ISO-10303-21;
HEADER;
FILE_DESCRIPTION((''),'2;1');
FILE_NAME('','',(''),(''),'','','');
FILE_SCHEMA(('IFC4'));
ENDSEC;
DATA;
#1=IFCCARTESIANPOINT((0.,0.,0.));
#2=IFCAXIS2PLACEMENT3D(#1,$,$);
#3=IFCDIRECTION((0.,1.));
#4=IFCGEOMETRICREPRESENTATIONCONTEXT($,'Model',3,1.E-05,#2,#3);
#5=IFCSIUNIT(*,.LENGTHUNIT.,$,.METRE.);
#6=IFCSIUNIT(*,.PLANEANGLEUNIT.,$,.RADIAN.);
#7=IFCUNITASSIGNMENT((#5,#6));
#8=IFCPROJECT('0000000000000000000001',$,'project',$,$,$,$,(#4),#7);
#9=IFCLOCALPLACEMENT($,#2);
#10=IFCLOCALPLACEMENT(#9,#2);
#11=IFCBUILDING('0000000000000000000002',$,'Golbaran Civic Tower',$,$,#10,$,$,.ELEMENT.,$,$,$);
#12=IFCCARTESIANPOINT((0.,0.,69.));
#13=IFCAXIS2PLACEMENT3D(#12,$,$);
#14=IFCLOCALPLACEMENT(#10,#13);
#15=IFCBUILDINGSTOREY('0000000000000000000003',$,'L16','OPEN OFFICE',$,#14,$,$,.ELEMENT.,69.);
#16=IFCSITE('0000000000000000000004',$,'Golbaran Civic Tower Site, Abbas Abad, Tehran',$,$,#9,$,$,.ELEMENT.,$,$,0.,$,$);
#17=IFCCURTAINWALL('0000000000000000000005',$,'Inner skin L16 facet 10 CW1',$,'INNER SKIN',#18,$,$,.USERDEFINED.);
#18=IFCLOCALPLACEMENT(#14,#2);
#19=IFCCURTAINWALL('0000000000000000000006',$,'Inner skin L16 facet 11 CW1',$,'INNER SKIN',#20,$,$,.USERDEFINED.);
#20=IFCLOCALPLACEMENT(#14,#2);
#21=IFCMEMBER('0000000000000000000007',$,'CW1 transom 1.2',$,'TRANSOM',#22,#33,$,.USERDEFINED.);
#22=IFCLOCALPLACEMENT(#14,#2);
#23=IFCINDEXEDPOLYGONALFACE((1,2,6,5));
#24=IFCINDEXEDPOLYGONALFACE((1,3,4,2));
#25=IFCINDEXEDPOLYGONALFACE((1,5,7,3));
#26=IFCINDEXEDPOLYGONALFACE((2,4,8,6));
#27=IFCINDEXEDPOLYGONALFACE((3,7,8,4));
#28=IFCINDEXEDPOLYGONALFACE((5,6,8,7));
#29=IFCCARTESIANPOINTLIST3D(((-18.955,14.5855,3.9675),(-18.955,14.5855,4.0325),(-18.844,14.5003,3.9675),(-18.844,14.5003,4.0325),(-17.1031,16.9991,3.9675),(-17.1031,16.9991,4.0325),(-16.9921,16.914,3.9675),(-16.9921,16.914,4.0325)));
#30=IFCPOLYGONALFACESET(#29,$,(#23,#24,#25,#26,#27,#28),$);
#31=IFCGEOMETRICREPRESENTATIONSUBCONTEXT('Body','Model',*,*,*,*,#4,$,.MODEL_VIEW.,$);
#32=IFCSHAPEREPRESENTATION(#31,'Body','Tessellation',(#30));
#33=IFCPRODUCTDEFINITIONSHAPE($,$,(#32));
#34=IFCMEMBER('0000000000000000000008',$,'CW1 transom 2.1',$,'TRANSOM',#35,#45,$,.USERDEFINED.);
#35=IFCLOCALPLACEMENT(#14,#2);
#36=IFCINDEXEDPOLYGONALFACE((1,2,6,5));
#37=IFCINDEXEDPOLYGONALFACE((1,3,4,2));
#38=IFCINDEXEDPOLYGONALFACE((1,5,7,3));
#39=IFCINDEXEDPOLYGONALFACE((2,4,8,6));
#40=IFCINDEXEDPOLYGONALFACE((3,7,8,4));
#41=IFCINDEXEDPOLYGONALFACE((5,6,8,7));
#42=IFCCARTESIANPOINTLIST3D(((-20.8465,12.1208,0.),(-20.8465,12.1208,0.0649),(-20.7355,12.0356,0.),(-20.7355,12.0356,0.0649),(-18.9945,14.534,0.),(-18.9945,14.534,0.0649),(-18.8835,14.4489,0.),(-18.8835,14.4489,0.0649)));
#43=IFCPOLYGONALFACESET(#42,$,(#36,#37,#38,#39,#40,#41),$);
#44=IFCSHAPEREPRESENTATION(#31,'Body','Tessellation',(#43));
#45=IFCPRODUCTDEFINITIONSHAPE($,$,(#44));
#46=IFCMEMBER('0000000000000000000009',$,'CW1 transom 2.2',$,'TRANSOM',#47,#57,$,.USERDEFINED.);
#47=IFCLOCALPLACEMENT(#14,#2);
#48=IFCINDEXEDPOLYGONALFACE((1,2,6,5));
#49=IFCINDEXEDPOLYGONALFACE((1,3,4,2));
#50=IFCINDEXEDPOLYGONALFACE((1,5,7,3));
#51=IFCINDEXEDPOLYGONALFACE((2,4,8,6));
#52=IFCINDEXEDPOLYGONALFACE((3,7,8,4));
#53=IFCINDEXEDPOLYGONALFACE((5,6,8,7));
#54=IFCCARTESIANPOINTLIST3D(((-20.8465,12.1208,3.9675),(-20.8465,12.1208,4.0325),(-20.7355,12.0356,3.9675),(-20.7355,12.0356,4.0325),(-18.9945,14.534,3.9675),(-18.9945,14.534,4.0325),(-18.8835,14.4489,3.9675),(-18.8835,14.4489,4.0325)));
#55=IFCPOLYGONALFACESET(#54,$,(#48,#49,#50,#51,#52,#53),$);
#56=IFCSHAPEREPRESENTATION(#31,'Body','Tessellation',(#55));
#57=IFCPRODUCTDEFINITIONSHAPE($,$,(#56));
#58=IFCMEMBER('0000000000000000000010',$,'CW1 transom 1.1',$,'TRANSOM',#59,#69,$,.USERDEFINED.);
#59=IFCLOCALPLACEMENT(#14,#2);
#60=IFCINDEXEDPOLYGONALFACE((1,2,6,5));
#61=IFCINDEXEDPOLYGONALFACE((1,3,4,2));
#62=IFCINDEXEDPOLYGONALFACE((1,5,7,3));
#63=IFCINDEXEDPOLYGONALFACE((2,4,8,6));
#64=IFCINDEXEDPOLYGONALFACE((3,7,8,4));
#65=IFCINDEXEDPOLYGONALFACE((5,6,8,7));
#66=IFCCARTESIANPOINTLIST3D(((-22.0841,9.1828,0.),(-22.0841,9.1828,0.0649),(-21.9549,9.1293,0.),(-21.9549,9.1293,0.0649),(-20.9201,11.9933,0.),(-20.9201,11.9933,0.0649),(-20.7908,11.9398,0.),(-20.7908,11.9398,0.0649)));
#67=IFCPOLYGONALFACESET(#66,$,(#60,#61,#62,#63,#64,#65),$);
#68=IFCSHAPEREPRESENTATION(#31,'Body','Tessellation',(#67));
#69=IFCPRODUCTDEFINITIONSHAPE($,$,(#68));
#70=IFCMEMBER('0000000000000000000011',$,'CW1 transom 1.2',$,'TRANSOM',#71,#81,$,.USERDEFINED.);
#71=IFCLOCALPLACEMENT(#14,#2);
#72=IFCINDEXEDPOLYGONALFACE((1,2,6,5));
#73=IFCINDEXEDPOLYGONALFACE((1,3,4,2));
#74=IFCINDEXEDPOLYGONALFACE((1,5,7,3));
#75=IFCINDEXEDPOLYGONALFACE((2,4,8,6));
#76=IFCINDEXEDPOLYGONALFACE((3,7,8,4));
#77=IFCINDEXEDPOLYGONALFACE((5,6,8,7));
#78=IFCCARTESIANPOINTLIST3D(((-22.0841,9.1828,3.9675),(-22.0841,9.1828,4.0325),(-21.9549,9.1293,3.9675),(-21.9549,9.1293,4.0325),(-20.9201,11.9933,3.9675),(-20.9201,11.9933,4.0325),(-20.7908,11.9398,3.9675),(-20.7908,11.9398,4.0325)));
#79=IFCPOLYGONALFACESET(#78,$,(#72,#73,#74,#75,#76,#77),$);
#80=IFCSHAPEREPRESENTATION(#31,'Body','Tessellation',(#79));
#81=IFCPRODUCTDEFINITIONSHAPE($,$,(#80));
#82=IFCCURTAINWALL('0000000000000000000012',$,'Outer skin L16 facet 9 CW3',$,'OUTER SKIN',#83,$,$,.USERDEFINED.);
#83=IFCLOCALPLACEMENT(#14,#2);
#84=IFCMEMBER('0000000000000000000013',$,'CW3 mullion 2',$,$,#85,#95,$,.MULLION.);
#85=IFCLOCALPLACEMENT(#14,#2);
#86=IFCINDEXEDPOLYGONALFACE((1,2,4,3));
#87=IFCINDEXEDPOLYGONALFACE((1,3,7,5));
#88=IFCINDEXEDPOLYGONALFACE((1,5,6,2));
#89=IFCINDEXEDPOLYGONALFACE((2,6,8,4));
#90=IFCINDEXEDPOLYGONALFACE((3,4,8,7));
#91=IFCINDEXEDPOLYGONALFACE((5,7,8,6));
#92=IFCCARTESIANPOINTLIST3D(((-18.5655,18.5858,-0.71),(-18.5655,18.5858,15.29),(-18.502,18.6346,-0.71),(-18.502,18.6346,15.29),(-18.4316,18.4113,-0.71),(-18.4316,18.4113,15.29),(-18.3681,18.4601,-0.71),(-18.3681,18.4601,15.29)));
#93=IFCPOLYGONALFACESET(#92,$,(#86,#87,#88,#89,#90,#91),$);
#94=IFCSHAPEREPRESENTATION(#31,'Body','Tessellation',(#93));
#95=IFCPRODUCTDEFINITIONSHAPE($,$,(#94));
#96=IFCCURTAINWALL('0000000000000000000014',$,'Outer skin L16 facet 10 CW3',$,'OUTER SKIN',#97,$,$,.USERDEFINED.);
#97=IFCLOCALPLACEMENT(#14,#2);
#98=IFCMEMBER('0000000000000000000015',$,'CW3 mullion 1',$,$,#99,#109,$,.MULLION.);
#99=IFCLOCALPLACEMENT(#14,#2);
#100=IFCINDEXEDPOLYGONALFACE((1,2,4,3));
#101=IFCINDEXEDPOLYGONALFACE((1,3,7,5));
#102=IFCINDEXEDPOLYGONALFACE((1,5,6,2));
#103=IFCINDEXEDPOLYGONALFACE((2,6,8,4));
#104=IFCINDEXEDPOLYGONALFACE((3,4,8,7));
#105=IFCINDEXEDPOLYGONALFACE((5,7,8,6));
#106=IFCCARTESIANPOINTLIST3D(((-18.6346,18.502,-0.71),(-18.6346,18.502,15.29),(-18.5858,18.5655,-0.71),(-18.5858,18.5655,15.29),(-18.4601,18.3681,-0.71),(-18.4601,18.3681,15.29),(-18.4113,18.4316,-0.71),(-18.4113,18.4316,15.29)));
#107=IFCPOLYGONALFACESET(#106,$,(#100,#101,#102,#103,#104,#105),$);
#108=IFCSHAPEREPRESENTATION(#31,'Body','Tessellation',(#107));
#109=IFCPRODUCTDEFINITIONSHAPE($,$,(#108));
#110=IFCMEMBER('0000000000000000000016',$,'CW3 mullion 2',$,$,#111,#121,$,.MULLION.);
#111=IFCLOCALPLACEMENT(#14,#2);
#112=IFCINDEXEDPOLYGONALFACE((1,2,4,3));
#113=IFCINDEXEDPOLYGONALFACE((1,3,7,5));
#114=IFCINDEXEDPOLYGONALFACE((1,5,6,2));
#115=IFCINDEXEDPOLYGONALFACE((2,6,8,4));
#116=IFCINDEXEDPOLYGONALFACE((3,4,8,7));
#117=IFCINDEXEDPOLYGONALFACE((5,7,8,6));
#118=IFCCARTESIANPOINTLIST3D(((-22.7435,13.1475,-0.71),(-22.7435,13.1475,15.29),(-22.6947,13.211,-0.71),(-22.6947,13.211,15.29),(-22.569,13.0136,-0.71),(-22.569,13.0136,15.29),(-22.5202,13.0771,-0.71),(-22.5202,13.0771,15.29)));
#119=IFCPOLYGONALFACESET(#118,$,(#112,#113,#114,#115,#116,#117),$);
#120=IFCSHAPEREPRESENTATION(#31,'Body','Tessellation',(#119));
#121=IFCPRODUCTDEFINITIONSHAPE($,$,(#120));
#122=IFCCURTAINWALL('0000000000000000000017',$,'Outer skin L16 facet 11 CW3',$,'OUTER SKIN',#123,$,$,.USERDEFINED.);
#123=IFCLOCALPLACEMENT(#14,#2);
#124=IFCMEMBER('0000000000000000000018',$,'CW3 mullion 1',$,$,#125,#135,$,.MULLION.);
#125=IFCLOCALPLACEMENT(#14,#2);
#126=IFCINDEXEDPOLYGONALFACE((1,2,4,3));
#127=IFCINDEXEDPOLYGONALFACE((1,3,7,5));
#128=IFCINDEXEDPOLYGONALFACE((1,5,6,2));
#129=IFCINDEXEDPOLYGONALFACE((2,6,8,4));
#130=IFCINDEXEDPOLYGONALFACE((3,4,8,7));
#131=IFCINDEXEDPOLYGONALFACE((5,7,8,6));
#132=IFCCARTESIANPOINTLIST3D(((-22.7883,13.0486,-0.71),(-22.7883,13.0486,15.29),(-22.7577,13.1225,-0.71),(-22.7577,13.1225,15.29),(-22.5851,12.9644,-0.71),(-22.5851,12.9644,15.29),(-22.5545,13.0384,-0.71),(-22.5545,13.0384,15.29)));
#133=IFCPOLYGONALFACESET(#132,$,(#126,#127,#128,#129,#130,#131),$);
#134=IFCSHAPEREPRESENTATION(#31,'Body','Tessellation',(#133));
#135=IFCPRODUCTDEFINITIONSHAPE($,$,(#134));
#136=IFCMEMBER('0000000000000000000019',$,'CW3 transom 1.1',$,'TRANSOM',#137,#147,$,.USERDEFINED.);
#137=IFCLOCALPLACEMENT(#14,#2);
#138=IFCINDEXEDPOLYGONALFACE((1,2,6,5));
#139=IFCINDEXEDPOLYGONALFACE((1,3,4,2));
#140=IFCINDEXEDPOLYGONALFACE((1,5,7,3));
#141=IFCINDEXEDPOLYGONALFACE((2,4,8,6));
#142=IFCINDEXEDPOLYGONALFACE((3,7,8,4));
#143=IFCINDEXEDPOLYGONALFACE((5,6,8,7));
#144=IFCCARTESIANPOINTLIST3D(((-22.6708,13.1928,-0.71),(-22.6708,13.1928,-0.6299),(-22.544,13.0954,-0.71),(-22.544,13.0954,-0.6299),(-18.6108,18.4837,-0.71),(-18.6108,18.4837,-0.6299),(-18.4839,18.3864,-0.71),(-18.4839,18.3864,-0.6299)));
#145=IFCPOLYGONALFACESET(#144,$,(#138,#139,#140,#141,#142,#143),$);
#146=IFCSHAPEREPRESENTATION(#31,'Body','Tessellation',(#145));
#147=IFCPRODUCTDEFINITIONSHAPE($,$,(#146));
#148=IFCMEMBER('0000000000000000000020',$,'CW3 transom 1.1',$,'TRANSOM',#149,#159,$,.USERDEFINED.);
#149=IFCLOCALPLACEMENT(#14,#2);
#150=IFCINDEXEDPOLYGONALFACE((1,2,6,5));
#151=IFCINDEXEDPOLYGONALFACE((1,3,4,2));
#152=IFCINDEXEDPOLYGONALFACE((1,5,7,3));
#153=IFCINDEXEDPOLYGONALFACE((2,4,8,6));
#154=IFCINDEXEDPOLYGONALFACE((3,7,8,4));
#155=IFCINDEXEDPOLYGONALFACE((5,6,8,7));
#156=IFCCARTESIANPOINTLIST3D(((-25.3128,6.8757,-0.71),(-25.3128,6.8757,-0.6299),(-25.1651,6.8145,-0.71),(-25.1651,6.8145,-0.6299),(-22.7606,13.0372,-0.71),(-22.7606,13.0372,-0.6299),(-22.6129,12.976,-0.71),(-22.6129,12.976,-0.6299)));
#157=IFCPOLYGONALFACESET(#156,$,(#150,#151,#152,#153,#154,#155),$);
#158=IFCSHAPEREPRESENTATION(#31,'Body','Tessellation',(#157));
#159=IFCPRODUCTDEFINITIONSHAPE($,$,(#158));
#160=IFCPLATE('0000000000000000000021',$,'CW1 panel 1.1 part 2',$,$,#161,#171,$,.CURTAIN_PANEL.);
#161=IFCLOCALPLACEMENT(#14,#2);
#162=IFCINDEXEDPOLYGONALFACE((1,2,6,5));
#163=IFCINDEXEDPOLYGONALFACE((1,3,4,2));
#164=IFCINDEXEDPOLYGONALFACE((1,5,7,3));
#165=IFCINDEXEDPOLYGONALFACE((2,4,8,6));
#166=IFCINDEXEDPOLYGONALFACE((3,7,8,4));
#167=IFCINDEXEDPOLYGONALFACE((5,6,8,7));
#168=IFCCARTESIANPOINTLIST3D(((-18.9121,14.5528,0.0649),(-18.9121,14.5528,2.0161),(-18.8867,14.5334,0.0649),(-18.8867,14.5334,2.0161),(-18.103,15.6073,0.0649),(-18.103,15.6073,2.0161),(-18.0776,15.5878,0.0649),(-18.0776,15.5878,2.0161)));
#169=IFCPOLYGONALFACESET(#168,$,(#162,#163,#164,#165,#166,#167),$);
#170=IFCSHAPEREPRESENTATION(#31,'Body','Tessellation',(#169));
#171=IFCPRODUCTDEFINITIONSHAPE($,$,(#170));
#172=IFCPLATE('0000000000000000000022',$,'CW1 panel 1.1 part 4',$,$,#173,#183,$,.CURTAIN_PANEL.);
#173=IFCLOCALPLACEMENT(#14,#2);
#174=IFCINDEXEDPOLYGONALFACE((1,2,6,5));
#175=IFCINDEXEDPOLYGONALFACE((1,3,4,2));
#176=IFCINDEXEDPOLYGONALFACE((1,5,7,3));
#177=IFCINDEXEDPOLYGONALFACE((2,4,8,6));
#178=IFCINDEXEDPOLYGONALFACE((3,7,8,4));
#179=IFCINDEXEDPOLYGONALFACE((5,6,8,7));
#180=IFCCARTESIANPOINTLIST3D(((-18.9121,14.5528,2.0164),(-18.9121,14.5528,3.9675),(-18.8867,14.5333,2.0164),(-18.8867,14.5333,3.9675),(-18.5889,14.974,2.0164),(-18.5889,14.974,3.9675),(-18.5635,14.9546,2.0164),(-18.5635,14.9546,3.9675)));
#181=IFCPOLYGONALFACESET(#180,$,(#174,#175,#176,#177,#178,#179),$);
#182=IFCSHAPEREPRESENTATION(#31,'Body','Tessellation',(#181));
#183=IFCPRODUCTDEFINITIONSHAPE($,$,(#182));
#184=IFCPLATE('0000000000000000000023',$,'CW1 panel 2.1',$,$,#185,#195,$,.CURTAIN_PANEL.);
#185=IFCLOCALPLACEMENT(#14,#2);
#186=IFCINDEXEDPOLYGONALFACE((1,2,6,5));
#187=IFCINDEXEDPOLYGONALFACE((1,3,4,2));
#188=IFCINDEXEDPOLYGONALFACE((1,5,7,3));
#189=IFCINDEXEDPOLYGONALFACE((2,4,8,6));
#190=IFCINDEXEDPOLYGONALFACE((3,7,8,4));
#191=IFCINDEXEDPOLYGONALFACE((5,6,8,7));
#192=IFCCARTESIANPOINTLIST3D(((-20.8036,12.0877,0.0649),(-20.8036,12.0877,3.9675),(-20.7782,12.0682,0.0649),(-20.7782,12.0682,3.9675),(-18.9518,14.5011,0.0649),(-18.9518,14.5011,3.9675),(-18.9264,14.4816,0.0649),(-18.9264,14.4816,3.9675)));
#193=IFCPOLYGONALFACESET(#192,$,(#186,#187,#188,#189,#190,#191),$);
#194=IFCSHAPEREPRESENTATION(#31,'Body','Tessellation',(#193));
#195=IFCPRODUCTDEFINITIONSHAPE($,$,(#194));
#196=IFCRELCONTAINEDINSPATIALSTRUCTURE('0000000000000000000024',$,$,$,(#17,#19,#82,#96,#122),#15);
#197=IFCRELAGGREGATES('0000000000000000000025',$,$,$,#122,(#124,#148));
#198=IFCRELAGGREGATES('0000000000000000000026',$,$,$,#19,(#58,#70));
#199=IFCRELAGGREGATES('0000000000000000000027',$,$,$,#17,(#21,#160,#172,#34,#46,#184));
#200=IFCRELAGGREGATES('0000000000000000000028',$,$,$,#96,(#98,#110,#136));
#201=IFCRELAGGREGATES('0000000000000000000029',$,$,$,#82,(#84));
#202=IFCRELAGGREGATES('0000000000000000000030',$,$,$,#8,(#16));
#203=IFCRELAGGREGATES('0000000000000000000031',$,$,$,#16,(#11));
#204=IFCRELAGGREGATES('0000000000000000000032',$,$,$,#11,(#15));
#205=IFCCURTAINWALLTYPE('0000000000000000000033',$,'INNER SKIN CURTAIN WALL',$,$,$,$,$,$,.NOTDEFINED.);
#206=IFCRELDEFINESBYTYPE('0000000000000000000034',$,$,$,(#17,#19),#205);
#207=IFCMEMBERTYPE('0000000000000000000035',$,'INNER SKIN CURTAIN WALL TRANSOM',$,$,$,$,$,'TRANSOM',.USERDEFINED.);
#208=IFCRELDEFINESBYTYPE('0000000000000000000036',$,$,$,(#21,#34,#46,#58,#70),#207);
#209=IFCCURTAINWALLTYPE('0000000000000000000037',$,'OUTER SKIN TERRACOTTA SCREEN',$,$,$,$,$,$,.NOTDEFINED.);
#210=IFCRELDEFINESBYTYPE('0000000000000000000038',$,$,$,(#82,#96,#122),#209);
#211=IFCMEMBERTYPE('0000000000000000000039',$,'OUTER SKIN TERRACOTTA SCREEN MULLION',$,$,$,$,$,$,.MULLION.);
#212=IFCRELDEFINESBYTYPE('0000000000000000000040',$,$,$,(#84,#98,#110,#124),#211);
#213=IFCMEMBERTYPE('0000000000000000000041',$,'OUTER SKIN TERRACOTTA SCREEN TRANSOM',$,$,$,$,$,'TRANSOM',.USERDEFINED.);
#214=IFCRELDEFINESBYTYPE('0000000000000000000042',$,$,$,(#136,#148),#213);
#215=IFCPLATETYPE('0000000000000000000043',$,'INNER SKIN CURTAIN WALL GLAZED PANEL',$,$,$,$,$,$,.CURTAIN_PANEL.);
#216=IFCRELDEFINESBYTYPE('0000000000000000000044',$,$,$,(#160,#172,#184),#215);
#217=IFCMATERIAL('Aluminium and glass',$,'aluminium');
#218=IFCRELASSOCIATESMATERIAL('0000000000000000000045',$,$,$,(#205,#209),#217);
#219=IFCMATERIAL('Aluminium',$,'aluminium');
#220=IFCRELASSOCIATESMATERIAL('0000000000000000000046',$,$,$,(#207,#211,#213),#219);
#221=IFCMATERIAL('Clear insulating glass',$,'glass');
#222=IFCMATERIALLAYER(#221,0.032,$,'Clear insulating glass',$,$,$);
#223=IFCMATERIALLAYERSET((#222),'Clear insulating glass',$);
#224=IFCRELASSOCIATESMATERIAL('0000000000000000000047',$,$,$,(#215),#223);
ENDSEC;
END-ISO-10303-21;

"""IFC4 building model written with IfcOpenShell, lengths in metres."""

from ifc_helpers import new_model, si_unit, direction, frame, origin, origin_2d, place, context, subcontext, project, spatial, rectangle, extrude, material, layer, layer_set, material_profile, profile_set, type_object, element, aggregate, save


model = new_model("IFC4")

# Units and contexts
model_context = context("Model", 3, precision=1e-05, world=origin(), true_north=direction((0.0, 1.0)))
body_context = subcontext(model_context, "Body", "Model", "MODEL_VIEW")
ifc_project = project(units=[si_unit("LENGTHUNIT", "METRE"), si_unit("PLANEANGLEUNIT", "RADIAN")], contexts=[model_context])

# Site, building, storey
site_placement = place(None, origin())
site = spatial("IfcSite", under=ifc_project, at=site_placement, Name="Golbaran Civic Tower Site, Abbas Abad, Tehran", CompositionType="ELEMENT", RefElevation=0.0)
building_placement = place(site_placement, origin())
building = spatial("IfcBuilding", under=site, at=building_placement, Name="Golbaran Civic Tower", CompositionType="ELEMENT")
storey_placement = place(building_placement, frame((0.0, 0.0, 69.0)))
storey = spatial("IfcBuildingStorey", under=building, at=storey_placement, Name="L16", Description="OPEN OFFICE", CompositionType="ELEMENT", Elevation=69.0)

# Shared definitions
ifc_material_1 = material(Name="Aluminium and glass", Category="aluminium")
curtain_wall_type_1 = type_object("IfcCurtainWallType", Name="INNER SKIN CURTAIN WALL", PredefinedType="NOTDEFINED", material=ifc_material_1)
ifc_material_2 = material(Name="Aluminium", Category="aluminium")

# Curtain wall
curtain_wall_1_placement = place(storey_placement, origin())
curtain_wall_1 = element("IfcCurtainWall", 1, at=curtain_wall_1_placement, inside=storey, type_object=curtain_wall_type_1, Name="Inner skin L16 facet 10 CW1", ObjectType="INNER SKIN", PredefinedType="USERDEFINED")

# Curtain wall
curtain_wall_2_placement = place(storey_placement, origin())
curtain_wall_2 = element("IfcCurtainWall", 2, at=curtain_wall_2_placement, inside=storey, type_object=curtain_wall_type_1, Name="Inner skin L16 facet 11 CW1", ObjectType="INNER SKIN", PredefinedType="USERDEFINED")

# Members
ifc_material_profile_1 = material_profile(ifc_material_2, rectangle(XDim=0.1399, YDim=0.0649, at=origin_2d()), Name="INNER SKIN CURTAIN WALL TRANSOM")
ifc_profile_set_1 = profile_set([ifc_material_profile_1], Name="Aluminium")
member_type_1 = type_object("IfcMemberType", Name="INNER SKIN CURTAIN WALL TRANSOM", ElementType="TRANSOM", PredefinedType="USERDEFINED", material=ifc_profile_set_1)
member_1_placement = place(storey_placement, frame((-17.0476, 16.9565, 4.0), z_axis=(-0.608721, -0.793384, 0.0), x_axis=(0.793384, -0.608721, 0.0)))
member_1 = element("IfcMember", 3, at=member_1_placement, type_object=member_type_1, Name="CW1 transom 1.2", ObjectType="TRANSOM", PredefinedType="USERDEFINED", context=body_context, shape_type="SweptSolid", body=[
    extrude(rectangle(XDim=0.1399, YDim=0.0649, at=origin_2d()), origin(), (0.0, 0.0, 1.0), 3.0422),
])
member_2_placement = place(storey_placement, frame((-18.939, 14.4915, 0.0325), z_axis=(-0.608811, -0.793316, 0.0), x_axis=(0.793316, -0.608811, 0.0)))
member_2 = element("IfcMember", 4, at=member_2_placement, type_object=member_type_1, Name="CW1 transom 2.1", ObjectType="TRANSOM", PredefinedType="USERDEFINED", context=body_context, shape_type="SweptSolid", body=[
    extrude(rectangle(XDim=0.1399, YDim=0.0649, at=origin_2d()), origin(), (0.0, 0.0, 1.0), 3.042),
])
member_3_placement = place(storey_placement, frame((-18.939, 14.4915, 4.0), z_axis=(-0.608811, -0.793316, 0.0), x_axis=(0.793316, -0.608811, 0.0)))
member_3 = element("IfcMember", 5, at=member_3_placement, type_object=member_type_1, Name="CW1 transom 2.2", ObjectType="TRANSOM", PredefinedType="USERDEFINED", context=body_context, shape_type="SweptSolid", body=[
    extrude(rectangle(XDim=0.1399, YDim=0.0649, at=origin_2d()), origin(), (0.0, 0.0, 1.0), 3.042),
])
member_4_placement = place(storey_placement, frame((-20.8555, 11.9666, 0.0325), z_axis=(-0.382654, -0.923892, 0.0), x_axis=(0.923892, -0.382654, 0.0)))
member_4 = element("IfcMember", 6, at=member_4_placement, type_object=member_type_1, Name="CW1 transom 1.1", ObjectType="TRANSOM", PredefinedType="USERDEFINED", context=body_context, shape_type="SweptSolid", body=[
    extrude(rectangle(XDim=0.1399, YDim=0.0649, at=origin_2d()), origin(), (0.0, 0.0, 1.0), 3.042),
])
member_5_placement = place(storey_placement, frame((-20.8555, 11.9666, 4.0), z_axis=(-0.382654, -0.923892, 0.0), x_axis=(0.923892, -0.382654, 0.0)))
member_5 = element("IfcMember", 7, at=member_5_placement, type_object=member_type_1, Name="CW1 transom 1.2", ObjectType="TRANSOM", PredefinedType="USERDEFINED", context=body_context, shape_type="SweptSolid", body=[
    extrude(rectangle(XDim=0.1399, YDim=0.0649, at=origin_2d()), origin(), (0.0, 0.0, 1.0), 3.042),
])

# Curtain wall, member
curtain_wall_type_2 = type_object("IfcCurtainWallType", Name="OUTER SKIN TERRACOTTA SCREEN", PredefinedType="NOTDEFINED", material=ifc_material_1)
curtain_wall_3_placement = place(storey_placement, origin())
curtain_wall_3 = element("IfcCurtainWall", 8, at=curtain_wall_3_placement, inside=storey, type_object=curtain_wall_type_2, Name="Outer skin L16 facet 9 CW3", ObjectType="OUTER SKIN", PredefinedType="USERDEFINED")
ifc_material_profile_2 = material_profile(ifc_material_2, rectangle(XDim=0.22, YDim=0.0801, at=origin_2d()), Name="OUTER SKIN TERRACOTTA SCREEN MULLION")
ifc_profile_set_2 = profile_set([ifc_material_profile_2], Name="Aluminium")
member_type_2 = type_object("IfcMemberType", Name="OUTER SKIN TERRACOTTA SCREEN MULLION", PredefinedType="MULLION", material=ifc_profile_set_2)
member_6_placement = place(storey_placement, frame((-18.4668, 18.5229, -0.71), z_axis=(0.0, 0.0, 1.0), x_axis=(0.608761, -0.793353, 0.0)))
member_6 = element("IfcMember", 9, at=member_6_placement, type_object=member_type_2, Name="CW3 mullion 2", PredefinedType="MULLION", context=body_context, shape_type="SweptSolid", body=[
    extrude(rectangle(XDim=0.22, YDim=0.0801, at=origin_2d()), origin(), (0.0, 0.0, 1.0), 16.0),
])

# Curtain wall, members
curtain_wall_4_placement = place(storey_placement, origin())
curtain_wall_4 = element("IfcCurtainWall", 10, at=curtain_wall_4_placement, inside=storey, type_object=curtain_wall_type_2, Name="Outer skin L16 facet 10 CW3", ObjectType="OUTER SKIN", PredefinedType="USERDEFINED")
member_7_placement = place(storey_placement, frame((-18.5229, 18.4668, -0.71), z_axis=(0.0, 0.0, 1.0), x_axis=(0.793353, -0.608761, 0.0)))
member_7 = element("IfcMember", 11, at=member_7_placement, type_object=member_type_2, Name="CW3 mullion 1", PredefinedType="MULLION", context=body_context, shape_type="SweptSolid", body=[
    extrude(rectangle(XDim=0.22, YDim=0.0801, at=origin_2d()), origin(), (0.0, 0.0, 1.0), 16.0),
])
member_8_placement = place(storey_placement, frame((-22.6318, 13.1123, -0.71), z_axis=(0.0, 0.0, 1.0), x_axis=(0.793353, -0.608761, 0.0)))
member_8 = element("IfcMember", 12, at=member_8_placement, type_object=member_type_2, Name="CW3 mullion 2", PredefinedType="MULLION", context=body_context, shape_type="SweptSolid", body=[
    extrude(rectangle(XDim=0.22, YDim=0.0801, at=origin_2d()), origin(), (0.0, 0.0, 1.0), 16.0),
])

# Curtain wall, member
curtain_wall_5_placement = place(storey_placement, origin())
curtain_wall_5 = element("IfcCurtainWall", 13, at=curtain_wall_5_placement, inside=storey, type_object=curtain_wall_type_2, Name="Outer skin L16 facet 11 CW3", ObjectType="OUTER SKIN", PredefinedType="USERDEFINED")
member_9_placement = place(storey_placement, frame((-22.6714, 13.0435, -0.71), z_axis=(0.0, 0.0, 1.0), x_axis=(0.92388, -0.382683, 0.0)))
member_9 = element("IfcMember", 14, at=member_9_placement, type_object=member_type_2, Name="CW3 mullion 1", PredefinedType="MULLION", context=body_context, shape_type="SweptSolid", body=[
    extrude(rectangle(XDim=0.22, YDim=0.0801, at=origin_2d()), origin(), (0.0, 0.0, 1.0), 16.0),
])

# Members
ifc_material_profile_3 = material_profile(ifc_material_2, rectangle(XDim=0.1599, YDim=0.0801, at=origin_2d()), Name="OUTER SKIN TERRACOTTA SCREEN TRANSOM")
ifc_profile_set_3 = profile_set([ifc_material_profile_3], Name="Aluminium")
member_type_3 = type_object("IfcMemberType", Name="OUTER SKIN TERRACOTTA SCREEN TRANSOM", ElementType="TRANSOM", PredefinedType="USERDEFINED", material=ifc_profile_set_3)
member_10_placement = place(storey_placement, frame((-18.5474, 18.4351, -0.6699), z_axis=(-0.608773, -0.793345, 0.0), x_axis=(0.793345, -0.608773, 0.0)))
member_10 = element("IfcMember", 15, at=member_10_placement, type_object=member_type_3, Name="CW3 transom 1.1", ObjectType="TRANSOM", PredefinedType="USERDEFINED", context=body_context, shape_type="SweptSolid", body=[
    extrude(rectangle(XDim=0.1599, YDim=0.0801, at=origin_2d()), origin(), (0.0, 0.0, 1.0), 6.6692),
])
member_11_placement = place(storey_placement, frame((-22.6868, 13.0066, -0.6699), z_axis=(-0.382686, -0.923879, 0.0), x_axis=(0.923879, -0.382686, 0.0)))
member_11 = element("IfcMember", 16, at=member_11_placement, type_object=member_type_3, Name="CW3 transom 1.1", ObjectType="TRANSOM", PredefinedType="USERDEFINED", context=body_context, shape_type="SweptSolid", body=[
    extrude(rectangle(XDim=0.1599, YDim=0.0801, at=origin_2d()), origin(), (0.0, 0.0, 1.0), 6.6692),
])
aggregate(curtain_wall_5, [member_9, member_11])

# Plates
ifc_material_3 = material(Name="Clear insulating glass", Category="glass")
ifc_layer_1 = layer(ifc_material_3, 0.032, Name="Clear insulating glass")
ifc_layer_set_1 = layer_set([ifc_layer_1], Name="Clear insulating glass")
plate_type_1 = type_object("IfcPlateType", Name="INNER SKIN CURTAIN WALL GLAZED PANEL", PredefinedType="CURTAIN_PANEL", material=ifc_layer_set_1)
plate_1_placement = place(storey_placement, frame((-18.4949, 15.0703, 0.0649), z_axis=(0.0, 0.0, 1.0), x_axis=(-0.608761, -0.793353, 0.0)))
plate_1 = element("IfcPlate", 17, at=plate_1_placement, type_object=plate_type_1, Name="CW1 panel 1.1 part 2", PredefinedType="CURTAIN_PANEL", context=body_context, shape_type="SweptSolid", body=[
    extrude(rectangle(XDim=1.3291, YDim=0.032, at=origin_2d()), origin(), (0.0, 0.0, 1.0), 1.9512),
])
plate_2_placement = place(storey_placement, frame((-18.7378, 14.7537, 2.0164), z_axis=(0.0, 0.0, 1.0), x_axis=(-0.608761, -0.793353, 0.0)))
plate_2 = element("IfcPlate", 18, at=plate_2_placement, type_object=plate_type_1, Name="CW1 panel 1.1 part 4", PredefinedType="CURTAIN_PANEL", context=body_context, shape_type="SweptSolid", body=[
    extrude(rectangle(XDim=0.531, YDim=0.032, at=origin_2d()), origin(), (0.0, 0.0, 1.0), 1.9512),
])
plate_3_placement = place(storey_placement, frame((-19.865, 13.2847, 0.0649), z_axis=(0.0, 0.0, 1.0), x_axis=(-0.608761, -0.793353, 0.0)))
plate_3 = element("IfcPlate", 19, at=plate_3_placement, type_object=plate_type_1, Name="CW1 panel 2.1", PredefinedType="CURTAIN_PANEL", context=body_context, shape_type="SweptSolid", body=[
    extrude(rectangle(XDim=3.042, YDim=0.032, at=origin_2d()), origin(), (0.0, 0.0, 1.0), 3.9026),
])
aggregate(curtain_wall_2, [member_4, member_5])
aggregate(curtain_wall_1, [member_1, plate_1, plate_2, member_2, member_3, plate_3])
aggregate(curtain_wall_4, [member_7, member_8, member_10])
aggregate(curtain_wall_3, [member_6])

save(model, "model.ifc")
